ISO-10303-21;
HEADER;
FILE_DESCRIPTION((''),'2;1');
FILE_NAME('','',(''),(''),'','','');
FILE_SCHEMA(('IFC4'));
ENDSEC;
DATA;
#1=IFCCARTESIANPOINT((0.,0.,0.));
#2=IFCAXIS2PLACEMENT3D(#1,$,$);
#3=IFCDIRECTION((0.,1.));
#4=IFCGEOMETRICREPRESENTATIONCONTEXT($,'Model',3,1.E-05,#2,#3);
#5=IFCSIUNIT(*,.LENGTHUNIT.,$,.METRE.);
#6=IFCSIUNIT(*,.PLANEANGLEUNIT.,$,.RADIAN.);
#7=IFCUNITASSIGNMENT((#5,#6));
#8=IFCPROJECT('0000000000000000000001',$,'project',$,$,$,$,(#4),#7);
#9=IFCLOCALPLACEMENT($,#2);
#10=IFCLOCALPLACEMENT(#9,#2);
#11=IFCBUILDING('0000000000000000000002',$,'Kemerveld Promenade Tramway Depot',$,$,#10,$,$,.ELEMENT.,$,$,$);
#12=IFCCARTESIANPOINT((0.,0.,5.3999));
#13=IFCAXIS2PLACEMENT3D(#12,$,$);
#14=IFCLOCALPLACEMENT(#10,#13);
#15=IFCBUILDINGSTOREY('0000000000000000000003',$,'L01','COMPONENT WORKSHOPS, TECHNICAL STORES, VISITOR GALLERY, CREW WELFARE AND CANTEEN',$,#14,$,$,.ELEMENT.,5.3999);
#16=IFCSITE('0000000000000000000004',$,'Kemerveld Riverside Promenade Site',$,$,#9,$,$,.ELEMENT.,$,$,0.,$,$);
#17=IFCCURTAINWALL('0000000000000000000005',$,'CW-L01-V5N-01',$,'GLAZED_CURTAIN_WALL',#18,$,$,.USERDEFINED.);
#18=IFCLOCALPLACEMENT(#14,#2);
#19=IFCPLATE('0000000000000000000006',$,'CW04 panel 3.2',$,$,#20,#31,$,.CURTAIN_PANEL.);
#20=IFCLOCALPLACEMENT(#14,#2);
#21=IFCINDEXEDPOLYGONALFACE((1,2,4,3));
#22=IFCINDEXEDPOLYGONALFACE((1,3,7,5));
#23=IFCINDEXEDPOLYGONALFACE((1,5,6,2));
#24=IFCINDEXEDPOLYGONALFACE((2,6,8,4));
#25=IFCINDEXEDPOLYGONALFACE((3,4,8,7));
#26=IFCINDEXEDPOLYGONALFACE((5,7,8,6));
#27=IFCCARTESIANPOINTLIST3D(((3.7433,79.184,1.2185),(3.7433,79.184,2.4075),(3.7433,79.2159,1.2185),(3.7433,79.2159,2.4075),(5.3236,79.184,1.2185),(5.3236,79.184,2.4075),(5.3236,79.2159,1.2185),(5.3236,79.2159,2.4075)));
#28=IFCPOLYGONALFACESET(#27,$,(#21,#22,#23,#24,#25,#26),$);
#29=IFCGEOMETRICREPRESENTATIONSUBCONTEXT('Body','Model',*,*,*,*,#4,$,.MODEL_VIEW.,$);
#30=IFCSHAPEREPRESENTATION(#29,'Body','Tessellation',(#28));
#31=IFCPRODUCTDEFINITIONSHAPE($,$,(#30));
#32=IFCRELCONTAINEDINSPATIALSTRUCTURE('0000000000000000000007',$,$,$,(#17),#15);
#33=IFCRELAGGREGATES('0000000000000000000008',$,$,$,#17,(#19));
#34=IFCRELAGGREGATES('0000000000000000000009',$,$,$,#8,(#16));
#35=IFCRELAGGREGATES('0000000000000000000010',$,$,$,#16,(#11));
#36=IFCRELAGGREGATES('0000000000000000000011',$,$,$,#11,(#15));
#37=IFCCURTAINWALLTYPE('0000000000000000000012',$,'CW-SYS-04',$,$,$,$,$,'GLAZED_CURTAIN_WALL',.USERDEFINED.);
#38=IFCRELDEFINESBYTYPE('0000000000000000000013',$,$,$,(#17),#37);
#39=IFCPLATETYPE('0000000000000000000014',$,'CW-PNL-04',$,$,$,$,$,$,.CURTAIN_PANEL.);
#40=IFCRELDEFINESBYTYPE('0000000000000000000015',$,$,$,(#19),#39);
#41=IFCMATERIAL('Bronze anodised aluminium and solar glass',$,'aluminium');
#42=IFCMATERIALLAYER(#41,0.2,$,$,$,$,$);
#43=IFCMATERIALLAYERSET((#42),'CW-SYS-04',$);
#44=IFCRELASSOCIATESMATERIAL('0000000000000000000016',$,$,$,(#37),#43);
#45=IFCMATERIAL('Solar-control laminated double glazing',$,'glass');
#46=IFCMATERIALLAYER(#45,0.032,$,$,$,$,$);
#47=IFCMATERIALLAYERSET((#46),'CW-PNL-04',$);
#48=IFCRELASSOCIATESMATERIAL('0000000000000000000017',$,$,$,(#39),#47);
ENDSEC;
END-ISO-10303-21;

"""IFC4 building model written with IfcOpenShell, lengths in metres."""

from ifc_helpers import new_model, si_unit, direction, frame, origin, origin_2d, place, context, subcontext, project, spatial, rectangle, extrude, material, layer, layer_set, type_object, element, aggregate, save


model = new_model("IFC4")

# Units and contexts
model_context = context("Model", 3, precision=1e-05, world=origin(), true_north=direction((0.0, 1.0)))
body_context = subcontext(model_context, "Body", "Model", "MODEL_VIEW")
ifc_project = project(units=[si_unit("LENGTHUNIT", "METRE"), si_unit("PLANEANGLEUNIT", "RADIAN")], contexts=[model_context])

# Site, building, storey
site_placement = place(None, origin())
site = spatial("IfcSite", under=ifc_project, at=site_placement, Name="Kemerveld Riverside Promenade Site", CompositionType="ELEMENT", RefElevation=0.0)
building_placement = place(site_placement, origin())
building = spatial("IfcBuilding", under=site, at=building_placement, Name="Kemerveld Promenade Tramway Depot", CompositionType="ELEMENT")
storey_placement = place(building_placement, frame((0.0, 0.0, 5.3999)))
storey = spatial("IfcBuildingStorey", under=building, at=storey_placement, Name="L01", Description="COMPONENT WORKSHOPS, TECHNICAL STORES, VISITOR GALLERY, CREW WELFARE AND CANTEEN", CompositionType="ELEMENT", Elevation=5.3999)

# Curtain wall, plate
ifc_material_1 = material(Name="Bronze anodised aluminium and solar glass", Category="aluminium")
ifc_layer_1 = layer(ifc_material_1, 0.2)
ifc_layer_set_1 = layer_set([ifc_layer_1], Name="CW-SYS-04")
curtain_wall_type = type_object("IfcCurtainWallType", Name="CW-SYS-04", ElementType="GLAZED_CURTAIN_WALL", PredefinedType="USERDEFINED", material=ifc_layer_set_1)
curtain_wall_placement = place(storey_placement, origin())
curtain_wall = element("IfcCurtainWall", 1, at=curtain_wall_placement, inside=storey, type_object=curtain_wall_type, Name="CW-L01-V5N-01", ObjectType="GLAZED_CURTAIN_WALL", PredefinedType="USERDEFINED")
ifc_material_2 = material(Name="Solar-control laminated double glazing", Category="glass")
ifc_layer_2 = layer(ifc_material_2, 0.032)
ifc_layer_set_2 = layer_set([ifc_layer_2], Name="CW-PNL-04")
plate_type = type_object("IfcPlateType", Name="CW-PNL-04", PredefinedType="CURTAIN_PANEL", material=ifc_layer_set_2)
plate_1_placement = place(storey_placement, frame((4.5334, 79.2, 1.2185), z_axis=(0.0, 0.0, 1.0), x_axis=(1.0, 0.0, 0.0)))
plate_1 = element("IfcPlate", 2, at=plate_1_placement, type_object=plate_type, Name="CW04 panel 3.2", PredefinedType="CURTAIN_PANEL", context=body_context, shape_type="SweptSolid", body=[
    extrude(rectangle(XDim=1.5803, YDim=0.032, at=origin_2d()), origin(), (0.0, 0.0, 1.0), 1.189),
])
aggregate(curtain_wall, [plate_1])

save(model, "model.ifc")
